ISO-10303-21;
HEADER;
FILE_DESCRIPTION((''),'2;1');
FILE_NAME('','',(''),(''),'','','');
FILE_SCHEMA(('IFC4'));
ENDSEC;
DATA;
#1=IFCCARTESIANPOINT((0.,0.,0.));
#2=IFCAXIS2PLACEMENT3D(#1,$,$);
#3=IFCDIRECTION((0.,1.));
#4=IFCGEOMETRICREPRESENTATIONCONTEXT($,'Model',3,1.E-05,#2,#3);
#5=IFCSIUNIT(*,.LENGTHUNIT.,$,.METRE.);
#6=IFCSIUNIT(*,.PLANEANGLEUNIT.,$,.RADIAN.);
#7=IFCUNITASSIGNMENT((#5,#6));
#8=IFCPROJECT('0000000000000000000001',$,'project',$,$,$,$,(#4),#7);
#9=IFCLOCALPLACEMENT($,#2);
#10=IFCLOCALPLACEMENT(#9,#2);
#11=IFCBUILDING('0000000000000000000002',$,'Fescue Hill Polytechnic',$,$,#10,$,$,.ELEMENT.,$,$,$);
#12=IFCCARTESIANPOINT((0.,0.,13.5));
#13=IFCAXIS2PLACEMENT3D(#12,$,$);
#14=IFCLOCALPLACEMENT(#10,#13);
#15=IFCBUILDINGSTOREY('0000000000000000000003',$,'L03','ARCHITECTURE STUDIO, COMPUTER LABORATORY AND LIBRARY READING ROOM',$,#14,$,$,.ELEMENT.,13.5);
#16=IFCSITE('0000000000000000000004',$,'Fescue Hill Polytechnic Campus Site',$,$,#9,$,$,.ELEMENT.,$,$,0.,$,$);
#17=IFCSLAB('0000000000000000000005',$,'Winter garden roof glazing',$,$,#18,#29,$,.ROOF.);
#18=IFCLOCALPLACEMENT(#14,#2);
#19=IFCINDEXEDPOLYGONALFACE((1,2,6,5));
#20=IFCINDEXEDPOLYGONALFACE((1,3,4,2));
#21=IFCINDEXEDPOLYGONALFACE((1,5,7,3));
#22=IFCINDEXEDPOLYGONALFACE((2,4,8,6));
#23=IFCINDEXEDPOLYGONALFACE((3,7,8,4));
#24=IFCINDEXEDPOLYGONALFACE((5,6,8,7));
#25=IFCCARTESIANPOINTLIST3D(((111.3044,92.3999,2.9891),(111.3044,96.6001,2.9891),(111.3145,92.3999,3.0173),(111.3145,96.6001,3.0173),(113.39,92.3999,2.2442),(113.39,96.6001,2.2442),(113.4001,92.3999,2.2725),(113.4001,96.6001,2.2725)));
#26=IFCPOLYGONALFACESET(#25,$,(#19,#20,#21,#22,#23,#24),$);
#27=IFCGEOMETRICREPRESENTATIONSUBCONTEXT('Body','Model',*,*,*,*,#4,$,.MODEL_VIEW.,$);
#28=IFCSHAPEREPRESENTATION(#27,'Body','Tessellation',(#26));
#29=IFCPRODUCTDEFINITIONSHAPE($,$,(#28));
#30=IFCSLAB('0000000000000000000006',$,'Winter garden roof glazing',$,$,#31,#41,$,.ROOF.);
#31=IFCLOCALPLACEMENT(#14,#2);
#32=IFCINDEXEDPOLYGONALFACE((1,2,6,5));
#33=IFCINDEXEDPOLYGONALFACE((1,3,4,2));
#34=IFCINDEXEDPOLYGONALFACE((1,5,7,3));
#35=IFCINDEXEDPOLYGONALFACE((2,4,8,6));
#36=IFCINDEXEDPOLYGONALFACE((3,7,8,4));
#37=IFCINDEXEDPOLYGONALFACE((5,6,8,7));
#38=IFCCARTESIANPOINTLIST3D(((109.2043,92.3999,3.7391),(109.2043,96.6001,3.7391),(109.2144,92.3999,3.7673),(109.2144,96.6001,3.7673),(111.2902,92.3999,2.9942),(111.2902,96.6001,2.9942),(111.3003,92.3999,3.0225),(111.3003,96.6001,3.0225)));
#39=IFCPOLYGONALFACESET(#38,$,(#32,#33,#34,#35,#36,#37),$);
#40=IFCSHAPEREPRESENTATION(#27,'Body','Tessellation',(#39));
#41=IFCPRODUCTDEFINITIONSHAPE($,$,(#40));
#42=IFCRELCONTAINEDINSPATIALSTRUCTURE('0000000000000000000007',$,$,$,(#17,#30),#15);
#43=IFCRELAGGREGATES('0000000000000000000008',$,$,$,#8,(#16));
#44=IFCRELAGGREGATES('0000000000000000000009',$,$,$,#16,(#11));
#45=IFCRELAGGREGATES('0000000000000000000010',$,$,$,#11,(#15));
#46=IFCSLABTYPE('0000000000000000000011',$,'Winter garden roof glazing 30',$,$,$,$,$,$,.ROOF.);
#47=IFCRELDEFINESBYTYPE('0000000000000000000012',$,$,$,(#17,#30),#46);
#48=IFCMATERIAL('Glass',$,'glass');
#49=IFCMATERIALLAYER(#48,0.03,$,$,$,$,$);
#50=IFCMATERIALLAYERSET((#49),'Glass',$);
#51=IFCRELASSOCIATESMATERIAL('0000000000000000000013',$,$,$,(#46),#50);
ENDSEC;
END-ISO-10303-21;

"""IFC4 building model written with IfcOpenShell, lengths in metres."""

from ifc_helpers import new_model, si_unit, direction, frame, origin, place, context, subcontext, project, spatial, polyline, outline, extrude, material, layer, layer_set, type_object, element, save


model = new_model("IFC4")

# Units and contexts
model_context = context("Model", 3, precision=1e-05, world=origin(), true_north=direction((0.0, 1.0)))
body_context = subcontext(model_context, "Body", "Model", "MODEL_VIEW")
ifc_project = project(units=[si_unit("LENGTHUNIT", "METRE"), si_unit("PLANEANGLEUNIT", "RADIAN")], contexts=[model_context])

# Site, building, storey
site_placement = place(None, origin())
site = spatial("IfcSite", under=ifc_project, at=site_placement, Name="Fescue Hill Polytechnic Campus Site", CompositionType="ELEMENT", RefElevation=0.0)
building_placement = place(site_placement, origin())
building = spatial("IfcBuilding", under=site, at=building_placement, Name="Fescue Hill Polytechnic", CompositionType="ELEMENT")
storey_placement = place(building_placement, frame((0.0, 0.0, 13.5)))
storey = spatial("IfcBuildingStorey", under=building, at=storey_placement, Name="L03", Description="ARCHITECTURE STUDIO, COMPUTER LABORATORY AND LIBRARY READING ROOM", CompositionType="ELEMENT", Elevation=13.5)

# Slabs
ifc_material_1 = material(Name="Glass", Category="glass")
ifc_layer = layer(ifc_material_1, 0.03)
ifc_layer_set = layer_set([ifc_layer], Name="Glass")
slab_type = type_object("IfcSlabType", Name="Winter garden roof glazing 30", PredefinedType="ROOF", material=ifc_layer_set)
for number, where, z_axis, x_axis, name in (
    (1, (113.4001, 92.3999, 2.2725), (0.336329, 0.0, 0.941744), (0.0, 1.0, 0.0), "Winter garden roof glazing"),
):
    element("IfcSlab", number, at=place(storey_placement, frame(where, z_axis=z_axis, x_axis=x_axis)), inside=storey, type_object=slab_type, Name=name, PredefinedType="ROOF", context=body_context, shape_type="SweptSolid", body=[
        extrude(outline(polyline([(0.0, 0.0), (4.2002, 0.0), (4.2002, 2.2147), (0.0, 2.2147), (0.0, 0.0)])), origin(), (0.0, 0.0, -1.0), 0.03),
    ])
slab_1_placement = place(storey_placement, frame((111.3003, 92.3999, 3.0225), z_axis=(0.336295, 0.0, 0.941757), x_axis=(0.0, 1.0, 0.0)))
element("IfcSlab", 2, at=slab_1_placement, inside=storey, type_object=slab_type, Name="Winter garden roof glazing", PredefinedType="ROOF", context=body_context, shape_type="SweptSolid", body=[
    extrude(outline(polyline([(0.0, 0.0), (4.2002, 0.0), (4.2002, 2.2149), (0.0, 2.2149), (0.0, 0.0)])), origin(), (0.0, 0.0, -1.0), 0.03),
])

save(model, "model.ifc")
